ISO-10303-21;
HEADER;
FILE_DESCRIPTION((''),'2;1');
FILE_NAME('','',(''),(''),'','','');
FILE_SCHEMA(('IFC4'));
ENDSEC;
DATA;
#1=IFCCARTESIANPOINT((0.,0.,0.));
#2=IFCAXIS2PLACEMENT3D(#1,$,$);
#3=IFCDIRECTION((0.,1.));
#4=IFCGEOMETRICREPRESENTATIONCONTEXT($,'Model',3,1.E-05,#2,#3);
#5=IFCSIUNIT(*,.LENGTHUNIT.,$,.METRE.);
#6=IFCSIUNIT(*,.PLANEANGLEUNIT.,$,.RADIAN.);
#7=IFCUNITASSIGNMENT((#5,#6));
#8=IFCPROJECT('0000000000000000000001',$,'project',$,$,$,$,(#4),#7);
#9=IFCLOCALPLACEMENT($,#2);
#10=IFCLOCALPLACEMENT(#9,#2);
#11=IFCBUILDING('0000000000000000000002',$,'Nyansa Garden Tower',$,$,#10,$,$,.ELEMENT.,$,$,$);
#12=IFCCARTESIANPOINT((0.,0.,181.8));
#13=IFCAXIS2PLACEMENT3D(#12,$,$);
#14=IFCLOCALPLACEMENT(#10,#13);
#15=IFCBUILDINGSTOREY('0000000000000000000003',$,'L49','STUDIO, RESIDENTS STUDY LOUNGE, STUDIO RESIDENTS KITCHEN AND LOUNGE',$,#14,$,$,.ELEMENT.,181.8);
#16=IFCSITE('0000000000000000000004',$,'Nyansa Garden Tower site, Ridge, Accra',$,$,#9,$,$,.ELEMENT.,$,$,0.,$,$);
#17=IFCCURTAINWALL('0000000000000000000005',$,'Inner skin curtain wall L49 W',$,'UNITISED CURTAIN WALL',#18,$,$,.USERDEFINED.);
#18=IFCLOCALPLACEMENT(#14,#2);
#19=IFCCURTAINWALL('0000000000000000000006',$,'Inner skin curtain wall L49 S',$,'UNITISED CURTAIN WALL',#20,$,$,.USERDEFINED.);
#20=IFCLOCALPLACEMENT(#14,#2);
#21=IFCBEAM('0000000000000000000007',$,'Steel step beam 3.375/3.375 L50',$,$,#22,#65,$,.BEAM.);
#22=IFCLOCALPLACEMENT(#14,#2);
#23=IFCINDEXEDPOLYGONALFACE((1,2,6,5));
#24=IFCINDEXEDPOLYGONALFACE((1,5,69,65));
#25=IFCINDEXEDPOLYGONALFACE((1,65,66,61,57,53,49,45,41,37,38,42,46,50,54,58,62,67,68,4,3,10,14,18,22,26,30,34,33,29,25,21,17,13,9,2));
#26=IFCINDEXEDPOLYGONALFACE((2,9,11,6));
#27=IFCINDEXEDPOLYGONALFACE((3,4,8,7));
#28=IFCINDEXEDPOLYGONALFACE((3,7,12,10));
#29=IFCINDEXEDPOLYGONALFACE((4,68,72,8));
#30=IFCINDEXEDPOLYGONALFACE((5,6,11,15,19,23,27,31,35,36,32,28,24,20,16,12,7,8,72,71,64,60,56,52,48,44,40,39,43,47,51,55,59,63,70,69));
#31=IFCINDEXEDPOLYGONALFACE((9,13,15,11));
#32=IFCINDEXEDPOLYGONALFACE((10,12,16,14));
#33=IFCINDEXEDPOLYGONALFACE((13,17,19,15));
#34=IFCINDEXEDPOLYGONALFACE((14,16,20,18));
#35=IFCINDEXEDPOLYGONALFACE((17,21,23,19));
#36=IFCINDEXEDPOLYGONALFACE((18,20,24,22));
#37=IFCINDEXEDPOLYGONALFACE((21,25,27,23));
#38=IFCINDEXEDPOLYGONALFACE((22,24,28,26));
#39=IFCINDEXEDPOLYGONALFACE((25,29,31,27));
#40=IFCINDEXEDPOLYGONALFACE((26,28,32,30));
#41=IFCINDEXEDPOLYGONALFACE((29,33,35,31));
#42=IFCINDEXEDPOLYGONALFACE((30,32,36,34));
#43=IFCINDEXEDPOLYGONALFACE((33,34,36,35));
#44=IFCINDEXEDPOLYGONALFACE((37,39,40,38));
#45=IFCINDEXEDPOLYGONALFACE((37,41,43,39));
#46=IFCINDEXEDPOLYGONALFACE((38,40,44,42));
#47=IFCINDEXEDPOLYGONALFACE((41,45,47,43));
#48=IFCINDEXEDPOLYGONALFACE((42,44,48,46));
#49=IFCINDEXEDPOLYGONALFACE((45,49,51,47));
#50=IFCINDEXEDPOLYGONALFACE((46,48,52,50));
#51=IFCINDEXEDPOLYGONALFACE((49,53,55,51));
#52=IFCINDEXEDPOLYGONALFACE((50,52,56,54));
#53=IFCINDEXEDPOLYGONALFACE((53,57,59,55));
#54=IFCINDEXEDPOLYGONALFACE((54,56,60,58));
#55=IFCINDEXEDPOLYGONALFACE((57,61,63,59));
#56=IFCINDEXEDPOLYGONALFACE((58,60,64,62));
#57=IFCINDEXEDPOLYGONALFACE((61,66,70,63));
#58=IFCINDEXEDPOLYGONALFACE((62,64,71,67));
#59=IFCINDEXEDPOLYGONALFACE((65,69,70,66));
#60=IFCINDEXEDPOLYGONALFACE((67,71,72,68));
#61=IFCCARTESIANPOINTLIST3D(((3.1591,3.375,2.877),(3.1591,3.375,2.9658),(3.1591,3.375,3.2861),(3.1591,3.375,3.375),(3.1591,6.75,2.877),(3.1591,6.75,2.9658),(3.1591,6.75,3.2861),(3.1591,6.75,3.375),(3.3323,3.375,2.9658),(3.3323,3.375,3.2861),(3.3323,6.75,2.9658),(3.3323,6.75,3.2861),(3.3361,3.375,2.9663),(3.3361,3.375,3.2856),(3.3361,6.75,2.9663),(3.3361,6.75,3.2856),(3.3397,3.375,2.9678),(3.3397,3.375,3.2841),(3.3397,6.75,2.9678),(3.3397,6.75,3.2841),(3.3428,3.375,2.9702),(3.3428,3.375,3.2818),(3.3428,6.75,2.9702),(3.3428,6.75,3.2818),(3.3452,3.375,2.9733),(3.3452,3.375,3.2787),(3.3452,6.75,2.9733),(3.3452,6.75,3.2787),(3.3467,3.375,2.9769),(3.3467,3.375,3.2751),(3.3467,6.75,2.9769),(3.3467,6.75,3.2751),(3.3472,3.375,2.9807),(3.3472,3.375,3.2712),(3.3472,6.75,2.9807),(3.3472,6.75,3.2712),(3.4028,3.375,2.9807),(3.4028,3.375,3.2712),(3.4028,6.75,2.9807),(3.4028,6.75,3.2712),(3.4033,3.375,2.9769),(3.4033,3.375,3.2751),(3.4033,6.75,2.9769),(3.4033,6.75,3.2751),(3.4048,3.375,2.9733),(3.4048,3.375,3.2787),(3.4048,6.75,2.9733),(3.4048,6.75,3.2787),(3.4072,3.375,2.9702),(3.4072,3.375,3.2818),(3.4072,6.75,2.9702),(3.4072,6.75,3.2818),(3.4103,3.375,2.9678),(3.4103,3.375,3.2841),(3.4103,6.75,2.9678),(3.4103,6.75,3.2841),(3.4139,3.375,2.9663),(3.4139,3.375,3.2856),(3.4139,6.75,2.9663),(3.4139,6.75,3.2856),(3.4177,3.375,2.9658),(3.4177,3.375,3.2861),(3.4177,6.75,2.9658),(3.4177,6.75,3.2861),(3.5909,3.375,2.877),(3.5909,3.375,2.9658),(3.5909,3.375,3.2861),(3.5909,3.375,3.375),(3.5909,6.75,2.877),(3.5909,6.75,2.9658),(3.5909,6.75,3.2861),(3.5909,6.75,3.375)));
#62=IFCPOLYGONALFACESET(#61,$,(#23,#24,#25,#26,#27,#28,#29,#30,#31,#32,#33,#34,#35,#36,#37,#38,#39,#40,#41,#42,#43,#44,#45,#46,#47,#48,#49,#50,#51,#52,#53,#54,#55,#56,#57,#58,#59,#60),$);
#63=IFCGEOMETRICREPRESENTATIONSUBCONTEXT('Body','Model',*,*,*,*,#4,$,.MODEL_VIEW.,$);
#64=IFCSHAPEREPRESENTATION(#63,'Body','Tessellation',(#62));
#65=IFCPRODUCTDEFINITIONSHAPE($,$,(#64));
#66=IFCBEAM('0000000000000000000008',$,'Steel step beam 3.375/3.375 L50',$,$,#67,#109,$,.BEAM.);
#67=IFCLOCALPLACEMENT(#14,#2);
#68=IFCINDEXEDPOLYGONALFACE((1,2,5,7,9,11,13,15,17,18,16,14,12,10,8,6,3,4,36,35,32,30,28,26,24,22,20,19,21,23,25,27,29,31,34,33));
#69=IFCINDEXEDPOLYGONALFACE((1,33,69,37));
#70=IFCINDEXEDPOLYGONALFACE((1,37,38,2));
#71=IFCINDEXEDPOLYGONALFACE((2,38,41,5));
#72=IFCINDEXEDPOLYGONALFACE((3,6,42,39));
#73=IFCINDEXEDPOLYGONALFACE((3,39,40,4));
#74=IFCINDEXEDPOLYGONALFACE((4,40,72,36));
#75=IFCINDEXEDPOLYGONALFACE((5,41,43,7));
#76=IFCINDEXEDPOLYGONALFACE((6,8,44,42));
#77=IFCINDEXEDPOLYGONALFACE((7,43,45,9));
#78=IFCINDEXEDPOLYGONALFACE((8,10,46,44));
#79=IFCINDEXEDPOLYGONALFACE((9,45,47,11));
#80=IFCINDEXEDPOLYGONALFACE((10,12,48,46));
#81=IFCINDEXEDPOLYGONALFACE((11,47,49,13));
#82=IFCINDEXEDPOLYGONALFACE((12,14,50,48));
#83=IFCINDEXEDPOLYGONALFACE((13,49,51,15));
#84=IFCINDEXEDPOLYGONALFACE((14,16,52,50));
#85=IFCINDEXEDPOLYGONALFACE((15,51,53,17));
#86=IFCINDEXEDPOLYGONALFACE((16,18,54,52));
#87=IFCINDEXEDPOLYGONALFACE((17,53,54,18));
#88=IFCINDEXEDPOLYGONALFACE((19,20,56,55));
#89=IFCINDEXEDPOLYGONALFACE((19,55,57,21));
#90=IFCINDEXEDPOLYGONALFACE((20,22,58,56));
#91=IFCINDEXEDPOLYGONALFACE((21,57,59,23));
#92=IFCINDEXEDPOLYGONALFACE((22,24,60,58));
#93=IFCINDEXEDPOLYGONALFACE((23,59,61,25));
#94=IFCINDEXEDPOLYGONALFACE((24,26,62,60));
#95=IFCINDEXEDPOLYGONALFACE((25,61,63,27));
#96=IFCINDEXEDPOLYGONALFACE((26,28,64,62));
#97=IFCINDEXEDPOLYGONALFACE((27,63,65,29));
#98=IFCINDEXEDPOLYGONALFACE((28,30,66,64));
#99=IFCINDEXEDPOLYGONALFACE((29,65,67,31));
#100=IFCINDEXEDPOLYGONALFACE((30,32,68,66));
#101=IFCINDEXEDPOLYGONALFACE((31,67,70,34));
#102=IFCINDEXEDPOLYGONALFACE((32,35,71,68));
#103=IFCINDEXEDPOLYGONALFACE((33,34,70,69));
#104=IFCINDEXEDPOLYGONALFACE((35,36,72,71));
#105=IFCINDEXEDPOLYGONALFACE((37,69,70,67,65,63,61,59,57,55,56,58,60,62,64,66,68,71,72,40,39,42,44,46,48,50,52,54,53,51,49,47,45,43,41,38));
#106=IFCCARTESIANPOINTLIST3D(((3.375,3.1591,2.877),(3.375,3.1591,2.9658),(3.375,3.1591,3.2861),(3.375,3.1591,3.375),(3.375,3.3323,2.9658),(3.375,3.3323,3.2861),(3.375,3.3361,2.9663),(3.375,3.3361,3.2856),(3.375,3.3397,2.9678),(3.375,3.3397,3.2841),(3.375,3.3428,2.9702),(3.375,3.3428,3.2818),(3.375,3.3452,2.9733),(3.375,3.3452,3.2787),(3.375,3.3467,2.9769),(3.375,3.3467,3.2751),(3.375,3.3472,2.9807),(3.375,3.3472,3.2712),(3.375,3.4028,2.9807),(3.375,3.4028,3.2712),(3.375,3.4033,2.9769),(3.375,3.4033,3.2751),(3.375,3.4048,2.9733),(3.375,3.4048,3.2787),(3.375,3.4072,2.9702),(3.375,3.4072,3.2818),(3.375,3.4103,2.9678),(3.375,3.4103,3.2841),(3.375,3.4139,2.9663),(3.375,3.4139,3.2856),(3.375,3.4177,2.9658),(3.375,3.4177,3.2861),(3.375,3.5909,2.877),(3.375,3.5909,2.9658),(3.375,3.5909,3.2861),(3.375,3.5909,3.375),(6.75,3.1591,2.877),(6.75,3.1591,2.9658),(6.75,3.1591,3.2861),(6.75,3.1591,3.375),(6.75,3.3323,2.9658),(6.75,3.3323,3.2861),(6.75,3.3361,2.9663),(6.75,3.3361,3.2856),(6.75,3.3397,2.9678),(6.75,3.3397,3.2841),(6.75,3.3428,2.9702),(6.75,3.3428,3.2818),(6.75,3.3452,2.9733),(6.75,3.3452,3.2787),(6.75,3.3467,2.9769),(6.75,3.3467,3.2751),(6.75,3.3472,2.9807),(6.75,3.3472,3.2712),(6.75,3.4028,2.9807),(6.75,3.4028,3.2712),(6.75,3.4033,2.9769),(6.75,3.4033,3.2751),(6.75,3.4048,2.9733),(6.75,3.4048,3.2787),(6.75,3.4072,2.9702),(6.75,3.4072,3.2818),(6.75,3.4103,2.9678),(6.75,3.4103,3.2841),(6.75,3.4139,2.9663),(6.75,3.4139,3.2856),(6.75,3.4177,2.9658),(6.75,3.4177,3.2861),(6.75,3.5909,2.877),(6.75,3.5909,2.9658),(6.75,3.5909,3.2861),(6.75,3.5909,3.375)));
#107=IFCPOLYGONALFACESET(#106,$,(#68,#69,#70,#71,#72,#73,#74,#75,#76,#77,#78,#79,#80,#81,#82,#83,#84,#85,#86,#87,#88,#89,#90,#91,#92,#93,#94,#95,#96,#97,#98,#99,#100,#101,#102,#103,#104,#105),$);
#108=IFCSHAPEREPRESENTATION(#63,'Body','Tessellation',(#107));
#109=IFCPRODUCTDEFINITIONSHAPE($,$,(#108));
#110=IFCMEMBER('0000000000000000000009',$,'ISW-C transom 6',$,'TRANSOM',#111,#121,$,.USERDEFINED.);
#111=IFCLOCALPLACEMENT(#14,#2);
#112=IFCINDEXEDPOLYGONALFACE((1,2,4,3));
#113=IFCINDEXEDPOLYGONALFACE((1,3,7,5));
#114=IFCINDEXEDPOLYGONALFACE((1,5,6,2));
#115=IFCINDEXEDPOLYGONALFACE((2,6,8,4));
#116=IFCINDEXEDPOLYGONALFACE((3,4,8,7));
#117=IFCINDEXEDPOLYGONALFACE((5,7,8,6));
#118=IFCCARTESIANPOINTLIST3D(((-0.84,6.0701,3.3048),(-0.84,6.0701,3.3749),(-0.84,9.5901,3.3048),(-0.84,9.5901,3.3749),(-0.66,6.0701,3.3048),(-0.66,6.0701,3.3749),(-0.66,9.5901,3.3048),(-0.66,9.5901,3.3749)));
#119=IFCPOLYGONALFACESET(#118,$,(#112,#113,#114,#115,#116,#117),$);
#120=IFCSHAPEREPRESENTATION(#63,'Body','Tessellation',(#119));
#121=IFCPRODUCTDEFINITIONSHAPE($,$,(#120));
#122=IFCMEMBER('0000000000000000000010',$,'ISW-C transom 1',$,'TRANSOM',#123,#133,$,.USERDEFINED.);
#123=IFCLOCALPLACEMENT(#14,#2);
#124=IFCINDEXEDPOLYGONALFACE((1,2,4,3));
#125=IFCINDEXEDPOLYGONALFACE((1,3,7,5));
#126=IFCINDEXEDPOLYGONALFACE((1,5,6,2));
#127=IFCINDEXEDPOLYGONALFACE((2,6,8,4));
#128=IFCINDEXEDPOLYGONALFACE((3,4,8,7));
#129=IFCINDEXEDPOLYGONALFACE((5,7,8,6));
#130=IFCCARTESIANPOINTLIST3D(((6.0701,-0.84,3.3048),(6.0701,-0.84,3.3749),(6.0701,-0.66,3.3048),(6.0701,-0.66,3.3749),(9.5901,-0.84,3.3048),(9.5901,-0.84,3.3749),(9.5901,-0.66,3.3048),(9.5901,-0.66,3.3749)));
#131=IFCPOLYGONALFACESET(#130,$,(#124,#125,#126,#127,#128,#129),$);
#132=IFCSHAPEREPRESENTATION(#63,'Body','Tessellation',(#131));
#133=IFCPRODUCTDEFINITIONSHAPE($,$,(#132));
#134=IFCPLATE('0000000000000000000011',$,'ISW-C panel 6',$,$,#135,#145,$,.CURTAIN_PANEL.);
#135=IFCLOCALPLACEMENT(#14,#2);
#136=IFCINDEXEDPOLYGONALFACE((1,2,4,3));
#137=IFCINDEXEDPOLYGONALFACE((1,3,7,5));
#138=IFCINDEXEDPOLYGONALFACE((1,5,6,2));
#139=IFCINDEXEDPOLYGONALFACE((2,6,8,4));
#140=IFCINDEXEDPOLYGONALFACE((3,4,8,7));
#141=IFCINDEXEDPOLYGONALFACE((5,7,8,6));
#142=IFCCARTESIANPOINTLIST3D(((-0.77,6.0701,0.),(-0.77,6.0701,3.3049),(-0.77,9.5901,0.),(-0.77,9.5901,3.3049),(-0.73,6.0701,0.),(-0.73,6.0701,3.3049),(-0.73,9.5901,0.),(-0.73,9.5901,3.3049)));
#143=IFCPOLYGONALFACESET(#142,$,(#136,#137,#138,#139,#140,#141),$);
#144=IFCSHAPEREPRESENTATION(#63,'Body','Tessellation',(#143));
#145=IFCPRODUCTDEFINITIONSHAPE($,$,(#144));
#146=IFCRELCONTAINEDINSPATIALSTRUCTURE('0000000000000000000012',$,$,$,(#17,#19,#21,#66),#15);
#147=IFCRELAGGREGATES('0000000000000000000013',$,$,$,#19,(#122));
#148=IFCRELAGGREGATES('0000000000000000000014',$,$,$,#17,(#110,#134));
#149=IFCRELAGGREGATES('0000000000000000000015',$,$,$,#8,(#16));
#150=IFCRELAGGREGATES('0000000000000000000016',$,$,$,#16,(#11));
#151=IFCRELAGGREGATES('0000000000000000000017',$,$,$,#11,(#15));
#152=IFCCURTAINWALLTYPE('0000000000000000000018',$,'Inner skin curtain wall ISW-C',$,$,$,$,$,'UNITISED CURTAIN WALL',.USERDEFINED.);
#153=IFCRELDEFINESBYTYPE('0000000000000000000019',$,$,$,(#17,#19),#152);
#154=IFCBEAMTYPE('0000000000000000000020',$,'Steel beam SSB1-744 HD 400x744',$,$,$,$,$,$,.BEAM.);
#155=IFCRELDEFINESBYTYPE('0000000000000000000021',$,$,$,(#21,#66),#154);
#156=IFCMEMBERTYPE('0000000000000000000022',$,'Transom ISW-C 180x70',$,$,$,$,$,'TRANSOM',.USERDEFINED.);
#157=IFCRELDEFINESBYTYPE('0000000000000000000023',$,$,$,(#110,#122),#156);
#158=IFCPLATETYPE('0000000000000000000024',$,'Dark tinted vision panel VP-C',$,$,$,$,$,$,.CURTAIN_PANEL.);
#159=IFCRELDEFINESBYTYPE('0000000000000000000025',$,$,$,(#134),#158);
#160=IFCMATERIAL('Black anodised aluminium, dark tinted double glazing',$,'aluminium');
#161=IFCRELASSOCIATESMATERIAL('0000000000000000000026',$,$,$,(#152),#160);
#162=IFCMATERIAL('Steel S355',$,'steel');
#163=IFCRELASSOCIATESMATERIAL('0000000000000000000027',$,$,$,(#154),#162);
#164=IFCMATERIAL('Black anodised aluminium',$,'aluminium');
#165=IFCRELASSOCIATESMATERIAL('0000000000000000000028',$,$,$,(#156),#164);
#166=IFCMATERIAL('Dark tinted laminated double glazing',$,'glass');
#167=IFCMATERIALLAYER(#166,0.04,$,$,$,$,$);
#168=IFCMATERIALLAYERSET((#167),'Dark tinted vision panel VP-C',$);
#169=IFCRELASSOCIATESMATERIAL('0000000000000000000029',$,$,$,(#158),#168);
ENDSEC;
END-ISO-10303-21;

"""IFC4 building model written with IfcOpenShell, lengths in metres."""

from ifc_helpers import new_model, si_unit, direction, frame, origin, origin_2d, place, context, subcontext, project, spatial, rectangle, i_section, extrude, material, layer, layer_set, material_profile, profile_set, type_object, element, aggregate, save


model = new_model("IFC4")

# Units and contexts
model_context = context("Model", 3, precision=1e-05, world=origin(), true_north=direction((0.0, 1.0)))
body_context = subcontext(model_context, "Body", "Model", "MODEL_VIEW")
ifc_project = project(units=[si_unit("LENGTHUNIT", "METRE"), si_unit("PLANEANGLEUNIT", "RADIAN")], contexts=[model_context])

# Site, building, storey
site_placement = place(None, origin())
site = spatial("IfcSite", under=ifc_project, at=site_placement, Name="Nyansa Garden Tower site, Ridge, Accra", CompositionType="ELEMENT", RefElevation=0.0)
building_placement = place(site_placement, origin())
building = spatial("IfcBuilding", under=site, at=building_placement, Name="Nyansa Garden Tower", CompositionType="ELEMENT")
storey_placement = place(building_placement, frame((0.0, 0.0, 181.8)))
storey = spatial("IfcBuildingStorey", under=building, at=storey_placement, Name="L49", Description="STUDIO, RESIDENTS STUDY LOUNGE, STUDIO RESIDENTS KITCHEN AND LOUNGE", CompositionType="ELEMENT", Elevation=181.8)

# Curtain walls
ifc_material_1 = material(Name="Black anodised aluminium, dark tinted double glazing", Category="aluminium")
curtain_wall_type = type_object("IfcCurtainWallType", Name="Inner skin curtain wall ISW-C", ElementType="UNITISED CURTAIN WALL", PredefinedType="USERDEFINED", material=ifc_material_1)
curtain_wall_1_placement = place(storey_placement, origin())
curtain_wall_1 = element("IfcCurtainWall", 1, at=curtain_wall_1_placement, inside=storey, type_object=curtain_wall_type, Name="Inner skin curtain wall L49 W", ObjectType="UNITISED CURTAIN WALL", PredefinedType="USERDEFINED")
curtain_wall_2_placement = place(storey_placement, origin())
curtain_wall_2 = element("IfcCurtainWall", 2, at=curtain_wall_2_placement, inside=storey, type_object=curtain_wall_type, Name="Inner skin curtain wall L49 S", ObjectType="UNITISED CURTAIN WALL", PredefinedType="USERDEFINED")

# Beams
ifc_material_2 = material(Name="Steel S355", Category="steel")
ifc_material_profile_1 = material_profile(ifc_material_2, i_section(OverallWidth=0.4319, OverallDepth=0.498, WebThickness=0.0557, FlangeThickness=0.0889, FilletRadius=0.0149, at=origin_2d()), Name="HD 400x744")
ifc_profile_set_1 = profile_set([ifc_material_profile_1], Name="Steel S355")
beam_type_1 = type_object("IfcBeamType", Name="Steel beam SSB1-744 HD 400x744", PredefinedType="BEAM", material=ifc_profile_set_1)
for number, where, z_axis, x_axis, name in (
    (3, (3.375, 3.375, 3.126), (0.0, 1.0, 0.0), (-1.0, 0.0, 0.0), "Steel step beam 3.375/3.375 L50"),
    (4, (3.375, 3.375, 3.126), (1.0, 0.0, 0.0), (0.0, 1.0, 0.0), "Steel step beam 3.375/3.375 L50"),
):
    element("IfcBeam", number, at=place(storey_placement, frame(where, z_axis=z_axis, x_axis=x_axis)), inside=storey, type_object=beam_type_1, Name=name, PredefinedType="BEAM", context=body_context, shape_type="SweptSolid", body=[
        extrude(i_section(OverallWidth=0.4319, OverallDepth=0.498, WebThickness=0.0557, FlangeThickness=0.0889, FilletRadius=0.0149, at=origin_2d()), origin(), (0.0, 0.0, 1.0), 3.375),
    ])

# Members
ifc_material_3 = material(Name="Black anodised aluminium", Category="aluminium")
ifc_material_profile_2 = material_profile(ifc_material_3, rectangle(XDim=0.1799, YDim=0.0701, at=origin_2d()), Name="Transom 180x70")
ifc_profile_set_2 = profile_set([ifc_material_profile_2], Name="Black anodised aluminium")
member_type_1 = type_object("IfcMemberType", Name="Transom ISW-C 180x70", ElementType="TRANSOM", PredefinedType="USERDEFINED", material=ifc_profile_set_2)
member_1_placement = place(storey_placement, frame((-0.75, 9.5901, 3.3398), z_axis=(0.0, -1.0, 0.0), x_axis=(1.0, 0.0, 0.0)))
member_1 = element("IfcMember", 5, at=member_1_placement, type_object=member_type_1, Name="ISW-C transom 6", ObjectType="TRANSOM", PredefinedType="USERDEFINED", context=body_context, shape_type="SweptSolid", body=[
    extrude(rectangle(XDim=0.1799, YDim=0.0701, at=origin_2d()), origin(), (0.0, 0.0, 1.0), 3.52),
])
member_2_placement = place(storey_placement, frame((6.0701, -0.75, 3.3398), z_axis=(1.0, 0.0, 0.0), x_axis=(0.0, 1.0, 0.0)))
member_2 = element("IfcMember", 6, at=member_2_placement, type_object=member_type_1, Name="ISW-C transom 1", ObjectType="TRANSOM", PredefinedType="USERDEFINED", context=body_context, shape_type="SweptSolid", body=[
    extrude(rectangle(XDim=0.1799, YDim=0.0701, at=origin_2d()), origin(), (0.0, 0.0, 1.0), 3.52),
])
aggregate(curtain_wall_2, [member_2])

# Plate
ifc_material_4 = material(Name="Dark tinted laminated double glazing", Category="glass")
ifc_layer_1 = layer(ifc_material_4, 0.04)
ifc_layer_set_1 = layer_set([ifc_layer_1], Name="Dark tinted vision panel VP-C")
plate_type = type_object("IfcPlateType", Name="Dark tinted vision panel VP-C", PredefinedType="CURTAIN_PANEL", material=ifc_layer_set_1)
plate_placement = place(storey_placement, frame((-0.75, 7.8301, 0.0), z_axis=(0.0, 0.0, 1.0), x_axis=(0.0, -1.0, 0.0)))
plate = element("IfcPlate", 7, at=plate_placement, type_object=plate_type, Name="ISW-C panel 6", PredefinedType="CURTAIN_PANEL", context=body_context, shape_type="SweptSolid", body=[
    extrude(rectangle(XDim=3.52, YDim=0.04, at=origin_2d()), origin(), (0.0, 0.0, 1.0), 3.3049),
])
aggregate(curtain_wall_1, [member_1, plate])

save(model, "model.ifc")
